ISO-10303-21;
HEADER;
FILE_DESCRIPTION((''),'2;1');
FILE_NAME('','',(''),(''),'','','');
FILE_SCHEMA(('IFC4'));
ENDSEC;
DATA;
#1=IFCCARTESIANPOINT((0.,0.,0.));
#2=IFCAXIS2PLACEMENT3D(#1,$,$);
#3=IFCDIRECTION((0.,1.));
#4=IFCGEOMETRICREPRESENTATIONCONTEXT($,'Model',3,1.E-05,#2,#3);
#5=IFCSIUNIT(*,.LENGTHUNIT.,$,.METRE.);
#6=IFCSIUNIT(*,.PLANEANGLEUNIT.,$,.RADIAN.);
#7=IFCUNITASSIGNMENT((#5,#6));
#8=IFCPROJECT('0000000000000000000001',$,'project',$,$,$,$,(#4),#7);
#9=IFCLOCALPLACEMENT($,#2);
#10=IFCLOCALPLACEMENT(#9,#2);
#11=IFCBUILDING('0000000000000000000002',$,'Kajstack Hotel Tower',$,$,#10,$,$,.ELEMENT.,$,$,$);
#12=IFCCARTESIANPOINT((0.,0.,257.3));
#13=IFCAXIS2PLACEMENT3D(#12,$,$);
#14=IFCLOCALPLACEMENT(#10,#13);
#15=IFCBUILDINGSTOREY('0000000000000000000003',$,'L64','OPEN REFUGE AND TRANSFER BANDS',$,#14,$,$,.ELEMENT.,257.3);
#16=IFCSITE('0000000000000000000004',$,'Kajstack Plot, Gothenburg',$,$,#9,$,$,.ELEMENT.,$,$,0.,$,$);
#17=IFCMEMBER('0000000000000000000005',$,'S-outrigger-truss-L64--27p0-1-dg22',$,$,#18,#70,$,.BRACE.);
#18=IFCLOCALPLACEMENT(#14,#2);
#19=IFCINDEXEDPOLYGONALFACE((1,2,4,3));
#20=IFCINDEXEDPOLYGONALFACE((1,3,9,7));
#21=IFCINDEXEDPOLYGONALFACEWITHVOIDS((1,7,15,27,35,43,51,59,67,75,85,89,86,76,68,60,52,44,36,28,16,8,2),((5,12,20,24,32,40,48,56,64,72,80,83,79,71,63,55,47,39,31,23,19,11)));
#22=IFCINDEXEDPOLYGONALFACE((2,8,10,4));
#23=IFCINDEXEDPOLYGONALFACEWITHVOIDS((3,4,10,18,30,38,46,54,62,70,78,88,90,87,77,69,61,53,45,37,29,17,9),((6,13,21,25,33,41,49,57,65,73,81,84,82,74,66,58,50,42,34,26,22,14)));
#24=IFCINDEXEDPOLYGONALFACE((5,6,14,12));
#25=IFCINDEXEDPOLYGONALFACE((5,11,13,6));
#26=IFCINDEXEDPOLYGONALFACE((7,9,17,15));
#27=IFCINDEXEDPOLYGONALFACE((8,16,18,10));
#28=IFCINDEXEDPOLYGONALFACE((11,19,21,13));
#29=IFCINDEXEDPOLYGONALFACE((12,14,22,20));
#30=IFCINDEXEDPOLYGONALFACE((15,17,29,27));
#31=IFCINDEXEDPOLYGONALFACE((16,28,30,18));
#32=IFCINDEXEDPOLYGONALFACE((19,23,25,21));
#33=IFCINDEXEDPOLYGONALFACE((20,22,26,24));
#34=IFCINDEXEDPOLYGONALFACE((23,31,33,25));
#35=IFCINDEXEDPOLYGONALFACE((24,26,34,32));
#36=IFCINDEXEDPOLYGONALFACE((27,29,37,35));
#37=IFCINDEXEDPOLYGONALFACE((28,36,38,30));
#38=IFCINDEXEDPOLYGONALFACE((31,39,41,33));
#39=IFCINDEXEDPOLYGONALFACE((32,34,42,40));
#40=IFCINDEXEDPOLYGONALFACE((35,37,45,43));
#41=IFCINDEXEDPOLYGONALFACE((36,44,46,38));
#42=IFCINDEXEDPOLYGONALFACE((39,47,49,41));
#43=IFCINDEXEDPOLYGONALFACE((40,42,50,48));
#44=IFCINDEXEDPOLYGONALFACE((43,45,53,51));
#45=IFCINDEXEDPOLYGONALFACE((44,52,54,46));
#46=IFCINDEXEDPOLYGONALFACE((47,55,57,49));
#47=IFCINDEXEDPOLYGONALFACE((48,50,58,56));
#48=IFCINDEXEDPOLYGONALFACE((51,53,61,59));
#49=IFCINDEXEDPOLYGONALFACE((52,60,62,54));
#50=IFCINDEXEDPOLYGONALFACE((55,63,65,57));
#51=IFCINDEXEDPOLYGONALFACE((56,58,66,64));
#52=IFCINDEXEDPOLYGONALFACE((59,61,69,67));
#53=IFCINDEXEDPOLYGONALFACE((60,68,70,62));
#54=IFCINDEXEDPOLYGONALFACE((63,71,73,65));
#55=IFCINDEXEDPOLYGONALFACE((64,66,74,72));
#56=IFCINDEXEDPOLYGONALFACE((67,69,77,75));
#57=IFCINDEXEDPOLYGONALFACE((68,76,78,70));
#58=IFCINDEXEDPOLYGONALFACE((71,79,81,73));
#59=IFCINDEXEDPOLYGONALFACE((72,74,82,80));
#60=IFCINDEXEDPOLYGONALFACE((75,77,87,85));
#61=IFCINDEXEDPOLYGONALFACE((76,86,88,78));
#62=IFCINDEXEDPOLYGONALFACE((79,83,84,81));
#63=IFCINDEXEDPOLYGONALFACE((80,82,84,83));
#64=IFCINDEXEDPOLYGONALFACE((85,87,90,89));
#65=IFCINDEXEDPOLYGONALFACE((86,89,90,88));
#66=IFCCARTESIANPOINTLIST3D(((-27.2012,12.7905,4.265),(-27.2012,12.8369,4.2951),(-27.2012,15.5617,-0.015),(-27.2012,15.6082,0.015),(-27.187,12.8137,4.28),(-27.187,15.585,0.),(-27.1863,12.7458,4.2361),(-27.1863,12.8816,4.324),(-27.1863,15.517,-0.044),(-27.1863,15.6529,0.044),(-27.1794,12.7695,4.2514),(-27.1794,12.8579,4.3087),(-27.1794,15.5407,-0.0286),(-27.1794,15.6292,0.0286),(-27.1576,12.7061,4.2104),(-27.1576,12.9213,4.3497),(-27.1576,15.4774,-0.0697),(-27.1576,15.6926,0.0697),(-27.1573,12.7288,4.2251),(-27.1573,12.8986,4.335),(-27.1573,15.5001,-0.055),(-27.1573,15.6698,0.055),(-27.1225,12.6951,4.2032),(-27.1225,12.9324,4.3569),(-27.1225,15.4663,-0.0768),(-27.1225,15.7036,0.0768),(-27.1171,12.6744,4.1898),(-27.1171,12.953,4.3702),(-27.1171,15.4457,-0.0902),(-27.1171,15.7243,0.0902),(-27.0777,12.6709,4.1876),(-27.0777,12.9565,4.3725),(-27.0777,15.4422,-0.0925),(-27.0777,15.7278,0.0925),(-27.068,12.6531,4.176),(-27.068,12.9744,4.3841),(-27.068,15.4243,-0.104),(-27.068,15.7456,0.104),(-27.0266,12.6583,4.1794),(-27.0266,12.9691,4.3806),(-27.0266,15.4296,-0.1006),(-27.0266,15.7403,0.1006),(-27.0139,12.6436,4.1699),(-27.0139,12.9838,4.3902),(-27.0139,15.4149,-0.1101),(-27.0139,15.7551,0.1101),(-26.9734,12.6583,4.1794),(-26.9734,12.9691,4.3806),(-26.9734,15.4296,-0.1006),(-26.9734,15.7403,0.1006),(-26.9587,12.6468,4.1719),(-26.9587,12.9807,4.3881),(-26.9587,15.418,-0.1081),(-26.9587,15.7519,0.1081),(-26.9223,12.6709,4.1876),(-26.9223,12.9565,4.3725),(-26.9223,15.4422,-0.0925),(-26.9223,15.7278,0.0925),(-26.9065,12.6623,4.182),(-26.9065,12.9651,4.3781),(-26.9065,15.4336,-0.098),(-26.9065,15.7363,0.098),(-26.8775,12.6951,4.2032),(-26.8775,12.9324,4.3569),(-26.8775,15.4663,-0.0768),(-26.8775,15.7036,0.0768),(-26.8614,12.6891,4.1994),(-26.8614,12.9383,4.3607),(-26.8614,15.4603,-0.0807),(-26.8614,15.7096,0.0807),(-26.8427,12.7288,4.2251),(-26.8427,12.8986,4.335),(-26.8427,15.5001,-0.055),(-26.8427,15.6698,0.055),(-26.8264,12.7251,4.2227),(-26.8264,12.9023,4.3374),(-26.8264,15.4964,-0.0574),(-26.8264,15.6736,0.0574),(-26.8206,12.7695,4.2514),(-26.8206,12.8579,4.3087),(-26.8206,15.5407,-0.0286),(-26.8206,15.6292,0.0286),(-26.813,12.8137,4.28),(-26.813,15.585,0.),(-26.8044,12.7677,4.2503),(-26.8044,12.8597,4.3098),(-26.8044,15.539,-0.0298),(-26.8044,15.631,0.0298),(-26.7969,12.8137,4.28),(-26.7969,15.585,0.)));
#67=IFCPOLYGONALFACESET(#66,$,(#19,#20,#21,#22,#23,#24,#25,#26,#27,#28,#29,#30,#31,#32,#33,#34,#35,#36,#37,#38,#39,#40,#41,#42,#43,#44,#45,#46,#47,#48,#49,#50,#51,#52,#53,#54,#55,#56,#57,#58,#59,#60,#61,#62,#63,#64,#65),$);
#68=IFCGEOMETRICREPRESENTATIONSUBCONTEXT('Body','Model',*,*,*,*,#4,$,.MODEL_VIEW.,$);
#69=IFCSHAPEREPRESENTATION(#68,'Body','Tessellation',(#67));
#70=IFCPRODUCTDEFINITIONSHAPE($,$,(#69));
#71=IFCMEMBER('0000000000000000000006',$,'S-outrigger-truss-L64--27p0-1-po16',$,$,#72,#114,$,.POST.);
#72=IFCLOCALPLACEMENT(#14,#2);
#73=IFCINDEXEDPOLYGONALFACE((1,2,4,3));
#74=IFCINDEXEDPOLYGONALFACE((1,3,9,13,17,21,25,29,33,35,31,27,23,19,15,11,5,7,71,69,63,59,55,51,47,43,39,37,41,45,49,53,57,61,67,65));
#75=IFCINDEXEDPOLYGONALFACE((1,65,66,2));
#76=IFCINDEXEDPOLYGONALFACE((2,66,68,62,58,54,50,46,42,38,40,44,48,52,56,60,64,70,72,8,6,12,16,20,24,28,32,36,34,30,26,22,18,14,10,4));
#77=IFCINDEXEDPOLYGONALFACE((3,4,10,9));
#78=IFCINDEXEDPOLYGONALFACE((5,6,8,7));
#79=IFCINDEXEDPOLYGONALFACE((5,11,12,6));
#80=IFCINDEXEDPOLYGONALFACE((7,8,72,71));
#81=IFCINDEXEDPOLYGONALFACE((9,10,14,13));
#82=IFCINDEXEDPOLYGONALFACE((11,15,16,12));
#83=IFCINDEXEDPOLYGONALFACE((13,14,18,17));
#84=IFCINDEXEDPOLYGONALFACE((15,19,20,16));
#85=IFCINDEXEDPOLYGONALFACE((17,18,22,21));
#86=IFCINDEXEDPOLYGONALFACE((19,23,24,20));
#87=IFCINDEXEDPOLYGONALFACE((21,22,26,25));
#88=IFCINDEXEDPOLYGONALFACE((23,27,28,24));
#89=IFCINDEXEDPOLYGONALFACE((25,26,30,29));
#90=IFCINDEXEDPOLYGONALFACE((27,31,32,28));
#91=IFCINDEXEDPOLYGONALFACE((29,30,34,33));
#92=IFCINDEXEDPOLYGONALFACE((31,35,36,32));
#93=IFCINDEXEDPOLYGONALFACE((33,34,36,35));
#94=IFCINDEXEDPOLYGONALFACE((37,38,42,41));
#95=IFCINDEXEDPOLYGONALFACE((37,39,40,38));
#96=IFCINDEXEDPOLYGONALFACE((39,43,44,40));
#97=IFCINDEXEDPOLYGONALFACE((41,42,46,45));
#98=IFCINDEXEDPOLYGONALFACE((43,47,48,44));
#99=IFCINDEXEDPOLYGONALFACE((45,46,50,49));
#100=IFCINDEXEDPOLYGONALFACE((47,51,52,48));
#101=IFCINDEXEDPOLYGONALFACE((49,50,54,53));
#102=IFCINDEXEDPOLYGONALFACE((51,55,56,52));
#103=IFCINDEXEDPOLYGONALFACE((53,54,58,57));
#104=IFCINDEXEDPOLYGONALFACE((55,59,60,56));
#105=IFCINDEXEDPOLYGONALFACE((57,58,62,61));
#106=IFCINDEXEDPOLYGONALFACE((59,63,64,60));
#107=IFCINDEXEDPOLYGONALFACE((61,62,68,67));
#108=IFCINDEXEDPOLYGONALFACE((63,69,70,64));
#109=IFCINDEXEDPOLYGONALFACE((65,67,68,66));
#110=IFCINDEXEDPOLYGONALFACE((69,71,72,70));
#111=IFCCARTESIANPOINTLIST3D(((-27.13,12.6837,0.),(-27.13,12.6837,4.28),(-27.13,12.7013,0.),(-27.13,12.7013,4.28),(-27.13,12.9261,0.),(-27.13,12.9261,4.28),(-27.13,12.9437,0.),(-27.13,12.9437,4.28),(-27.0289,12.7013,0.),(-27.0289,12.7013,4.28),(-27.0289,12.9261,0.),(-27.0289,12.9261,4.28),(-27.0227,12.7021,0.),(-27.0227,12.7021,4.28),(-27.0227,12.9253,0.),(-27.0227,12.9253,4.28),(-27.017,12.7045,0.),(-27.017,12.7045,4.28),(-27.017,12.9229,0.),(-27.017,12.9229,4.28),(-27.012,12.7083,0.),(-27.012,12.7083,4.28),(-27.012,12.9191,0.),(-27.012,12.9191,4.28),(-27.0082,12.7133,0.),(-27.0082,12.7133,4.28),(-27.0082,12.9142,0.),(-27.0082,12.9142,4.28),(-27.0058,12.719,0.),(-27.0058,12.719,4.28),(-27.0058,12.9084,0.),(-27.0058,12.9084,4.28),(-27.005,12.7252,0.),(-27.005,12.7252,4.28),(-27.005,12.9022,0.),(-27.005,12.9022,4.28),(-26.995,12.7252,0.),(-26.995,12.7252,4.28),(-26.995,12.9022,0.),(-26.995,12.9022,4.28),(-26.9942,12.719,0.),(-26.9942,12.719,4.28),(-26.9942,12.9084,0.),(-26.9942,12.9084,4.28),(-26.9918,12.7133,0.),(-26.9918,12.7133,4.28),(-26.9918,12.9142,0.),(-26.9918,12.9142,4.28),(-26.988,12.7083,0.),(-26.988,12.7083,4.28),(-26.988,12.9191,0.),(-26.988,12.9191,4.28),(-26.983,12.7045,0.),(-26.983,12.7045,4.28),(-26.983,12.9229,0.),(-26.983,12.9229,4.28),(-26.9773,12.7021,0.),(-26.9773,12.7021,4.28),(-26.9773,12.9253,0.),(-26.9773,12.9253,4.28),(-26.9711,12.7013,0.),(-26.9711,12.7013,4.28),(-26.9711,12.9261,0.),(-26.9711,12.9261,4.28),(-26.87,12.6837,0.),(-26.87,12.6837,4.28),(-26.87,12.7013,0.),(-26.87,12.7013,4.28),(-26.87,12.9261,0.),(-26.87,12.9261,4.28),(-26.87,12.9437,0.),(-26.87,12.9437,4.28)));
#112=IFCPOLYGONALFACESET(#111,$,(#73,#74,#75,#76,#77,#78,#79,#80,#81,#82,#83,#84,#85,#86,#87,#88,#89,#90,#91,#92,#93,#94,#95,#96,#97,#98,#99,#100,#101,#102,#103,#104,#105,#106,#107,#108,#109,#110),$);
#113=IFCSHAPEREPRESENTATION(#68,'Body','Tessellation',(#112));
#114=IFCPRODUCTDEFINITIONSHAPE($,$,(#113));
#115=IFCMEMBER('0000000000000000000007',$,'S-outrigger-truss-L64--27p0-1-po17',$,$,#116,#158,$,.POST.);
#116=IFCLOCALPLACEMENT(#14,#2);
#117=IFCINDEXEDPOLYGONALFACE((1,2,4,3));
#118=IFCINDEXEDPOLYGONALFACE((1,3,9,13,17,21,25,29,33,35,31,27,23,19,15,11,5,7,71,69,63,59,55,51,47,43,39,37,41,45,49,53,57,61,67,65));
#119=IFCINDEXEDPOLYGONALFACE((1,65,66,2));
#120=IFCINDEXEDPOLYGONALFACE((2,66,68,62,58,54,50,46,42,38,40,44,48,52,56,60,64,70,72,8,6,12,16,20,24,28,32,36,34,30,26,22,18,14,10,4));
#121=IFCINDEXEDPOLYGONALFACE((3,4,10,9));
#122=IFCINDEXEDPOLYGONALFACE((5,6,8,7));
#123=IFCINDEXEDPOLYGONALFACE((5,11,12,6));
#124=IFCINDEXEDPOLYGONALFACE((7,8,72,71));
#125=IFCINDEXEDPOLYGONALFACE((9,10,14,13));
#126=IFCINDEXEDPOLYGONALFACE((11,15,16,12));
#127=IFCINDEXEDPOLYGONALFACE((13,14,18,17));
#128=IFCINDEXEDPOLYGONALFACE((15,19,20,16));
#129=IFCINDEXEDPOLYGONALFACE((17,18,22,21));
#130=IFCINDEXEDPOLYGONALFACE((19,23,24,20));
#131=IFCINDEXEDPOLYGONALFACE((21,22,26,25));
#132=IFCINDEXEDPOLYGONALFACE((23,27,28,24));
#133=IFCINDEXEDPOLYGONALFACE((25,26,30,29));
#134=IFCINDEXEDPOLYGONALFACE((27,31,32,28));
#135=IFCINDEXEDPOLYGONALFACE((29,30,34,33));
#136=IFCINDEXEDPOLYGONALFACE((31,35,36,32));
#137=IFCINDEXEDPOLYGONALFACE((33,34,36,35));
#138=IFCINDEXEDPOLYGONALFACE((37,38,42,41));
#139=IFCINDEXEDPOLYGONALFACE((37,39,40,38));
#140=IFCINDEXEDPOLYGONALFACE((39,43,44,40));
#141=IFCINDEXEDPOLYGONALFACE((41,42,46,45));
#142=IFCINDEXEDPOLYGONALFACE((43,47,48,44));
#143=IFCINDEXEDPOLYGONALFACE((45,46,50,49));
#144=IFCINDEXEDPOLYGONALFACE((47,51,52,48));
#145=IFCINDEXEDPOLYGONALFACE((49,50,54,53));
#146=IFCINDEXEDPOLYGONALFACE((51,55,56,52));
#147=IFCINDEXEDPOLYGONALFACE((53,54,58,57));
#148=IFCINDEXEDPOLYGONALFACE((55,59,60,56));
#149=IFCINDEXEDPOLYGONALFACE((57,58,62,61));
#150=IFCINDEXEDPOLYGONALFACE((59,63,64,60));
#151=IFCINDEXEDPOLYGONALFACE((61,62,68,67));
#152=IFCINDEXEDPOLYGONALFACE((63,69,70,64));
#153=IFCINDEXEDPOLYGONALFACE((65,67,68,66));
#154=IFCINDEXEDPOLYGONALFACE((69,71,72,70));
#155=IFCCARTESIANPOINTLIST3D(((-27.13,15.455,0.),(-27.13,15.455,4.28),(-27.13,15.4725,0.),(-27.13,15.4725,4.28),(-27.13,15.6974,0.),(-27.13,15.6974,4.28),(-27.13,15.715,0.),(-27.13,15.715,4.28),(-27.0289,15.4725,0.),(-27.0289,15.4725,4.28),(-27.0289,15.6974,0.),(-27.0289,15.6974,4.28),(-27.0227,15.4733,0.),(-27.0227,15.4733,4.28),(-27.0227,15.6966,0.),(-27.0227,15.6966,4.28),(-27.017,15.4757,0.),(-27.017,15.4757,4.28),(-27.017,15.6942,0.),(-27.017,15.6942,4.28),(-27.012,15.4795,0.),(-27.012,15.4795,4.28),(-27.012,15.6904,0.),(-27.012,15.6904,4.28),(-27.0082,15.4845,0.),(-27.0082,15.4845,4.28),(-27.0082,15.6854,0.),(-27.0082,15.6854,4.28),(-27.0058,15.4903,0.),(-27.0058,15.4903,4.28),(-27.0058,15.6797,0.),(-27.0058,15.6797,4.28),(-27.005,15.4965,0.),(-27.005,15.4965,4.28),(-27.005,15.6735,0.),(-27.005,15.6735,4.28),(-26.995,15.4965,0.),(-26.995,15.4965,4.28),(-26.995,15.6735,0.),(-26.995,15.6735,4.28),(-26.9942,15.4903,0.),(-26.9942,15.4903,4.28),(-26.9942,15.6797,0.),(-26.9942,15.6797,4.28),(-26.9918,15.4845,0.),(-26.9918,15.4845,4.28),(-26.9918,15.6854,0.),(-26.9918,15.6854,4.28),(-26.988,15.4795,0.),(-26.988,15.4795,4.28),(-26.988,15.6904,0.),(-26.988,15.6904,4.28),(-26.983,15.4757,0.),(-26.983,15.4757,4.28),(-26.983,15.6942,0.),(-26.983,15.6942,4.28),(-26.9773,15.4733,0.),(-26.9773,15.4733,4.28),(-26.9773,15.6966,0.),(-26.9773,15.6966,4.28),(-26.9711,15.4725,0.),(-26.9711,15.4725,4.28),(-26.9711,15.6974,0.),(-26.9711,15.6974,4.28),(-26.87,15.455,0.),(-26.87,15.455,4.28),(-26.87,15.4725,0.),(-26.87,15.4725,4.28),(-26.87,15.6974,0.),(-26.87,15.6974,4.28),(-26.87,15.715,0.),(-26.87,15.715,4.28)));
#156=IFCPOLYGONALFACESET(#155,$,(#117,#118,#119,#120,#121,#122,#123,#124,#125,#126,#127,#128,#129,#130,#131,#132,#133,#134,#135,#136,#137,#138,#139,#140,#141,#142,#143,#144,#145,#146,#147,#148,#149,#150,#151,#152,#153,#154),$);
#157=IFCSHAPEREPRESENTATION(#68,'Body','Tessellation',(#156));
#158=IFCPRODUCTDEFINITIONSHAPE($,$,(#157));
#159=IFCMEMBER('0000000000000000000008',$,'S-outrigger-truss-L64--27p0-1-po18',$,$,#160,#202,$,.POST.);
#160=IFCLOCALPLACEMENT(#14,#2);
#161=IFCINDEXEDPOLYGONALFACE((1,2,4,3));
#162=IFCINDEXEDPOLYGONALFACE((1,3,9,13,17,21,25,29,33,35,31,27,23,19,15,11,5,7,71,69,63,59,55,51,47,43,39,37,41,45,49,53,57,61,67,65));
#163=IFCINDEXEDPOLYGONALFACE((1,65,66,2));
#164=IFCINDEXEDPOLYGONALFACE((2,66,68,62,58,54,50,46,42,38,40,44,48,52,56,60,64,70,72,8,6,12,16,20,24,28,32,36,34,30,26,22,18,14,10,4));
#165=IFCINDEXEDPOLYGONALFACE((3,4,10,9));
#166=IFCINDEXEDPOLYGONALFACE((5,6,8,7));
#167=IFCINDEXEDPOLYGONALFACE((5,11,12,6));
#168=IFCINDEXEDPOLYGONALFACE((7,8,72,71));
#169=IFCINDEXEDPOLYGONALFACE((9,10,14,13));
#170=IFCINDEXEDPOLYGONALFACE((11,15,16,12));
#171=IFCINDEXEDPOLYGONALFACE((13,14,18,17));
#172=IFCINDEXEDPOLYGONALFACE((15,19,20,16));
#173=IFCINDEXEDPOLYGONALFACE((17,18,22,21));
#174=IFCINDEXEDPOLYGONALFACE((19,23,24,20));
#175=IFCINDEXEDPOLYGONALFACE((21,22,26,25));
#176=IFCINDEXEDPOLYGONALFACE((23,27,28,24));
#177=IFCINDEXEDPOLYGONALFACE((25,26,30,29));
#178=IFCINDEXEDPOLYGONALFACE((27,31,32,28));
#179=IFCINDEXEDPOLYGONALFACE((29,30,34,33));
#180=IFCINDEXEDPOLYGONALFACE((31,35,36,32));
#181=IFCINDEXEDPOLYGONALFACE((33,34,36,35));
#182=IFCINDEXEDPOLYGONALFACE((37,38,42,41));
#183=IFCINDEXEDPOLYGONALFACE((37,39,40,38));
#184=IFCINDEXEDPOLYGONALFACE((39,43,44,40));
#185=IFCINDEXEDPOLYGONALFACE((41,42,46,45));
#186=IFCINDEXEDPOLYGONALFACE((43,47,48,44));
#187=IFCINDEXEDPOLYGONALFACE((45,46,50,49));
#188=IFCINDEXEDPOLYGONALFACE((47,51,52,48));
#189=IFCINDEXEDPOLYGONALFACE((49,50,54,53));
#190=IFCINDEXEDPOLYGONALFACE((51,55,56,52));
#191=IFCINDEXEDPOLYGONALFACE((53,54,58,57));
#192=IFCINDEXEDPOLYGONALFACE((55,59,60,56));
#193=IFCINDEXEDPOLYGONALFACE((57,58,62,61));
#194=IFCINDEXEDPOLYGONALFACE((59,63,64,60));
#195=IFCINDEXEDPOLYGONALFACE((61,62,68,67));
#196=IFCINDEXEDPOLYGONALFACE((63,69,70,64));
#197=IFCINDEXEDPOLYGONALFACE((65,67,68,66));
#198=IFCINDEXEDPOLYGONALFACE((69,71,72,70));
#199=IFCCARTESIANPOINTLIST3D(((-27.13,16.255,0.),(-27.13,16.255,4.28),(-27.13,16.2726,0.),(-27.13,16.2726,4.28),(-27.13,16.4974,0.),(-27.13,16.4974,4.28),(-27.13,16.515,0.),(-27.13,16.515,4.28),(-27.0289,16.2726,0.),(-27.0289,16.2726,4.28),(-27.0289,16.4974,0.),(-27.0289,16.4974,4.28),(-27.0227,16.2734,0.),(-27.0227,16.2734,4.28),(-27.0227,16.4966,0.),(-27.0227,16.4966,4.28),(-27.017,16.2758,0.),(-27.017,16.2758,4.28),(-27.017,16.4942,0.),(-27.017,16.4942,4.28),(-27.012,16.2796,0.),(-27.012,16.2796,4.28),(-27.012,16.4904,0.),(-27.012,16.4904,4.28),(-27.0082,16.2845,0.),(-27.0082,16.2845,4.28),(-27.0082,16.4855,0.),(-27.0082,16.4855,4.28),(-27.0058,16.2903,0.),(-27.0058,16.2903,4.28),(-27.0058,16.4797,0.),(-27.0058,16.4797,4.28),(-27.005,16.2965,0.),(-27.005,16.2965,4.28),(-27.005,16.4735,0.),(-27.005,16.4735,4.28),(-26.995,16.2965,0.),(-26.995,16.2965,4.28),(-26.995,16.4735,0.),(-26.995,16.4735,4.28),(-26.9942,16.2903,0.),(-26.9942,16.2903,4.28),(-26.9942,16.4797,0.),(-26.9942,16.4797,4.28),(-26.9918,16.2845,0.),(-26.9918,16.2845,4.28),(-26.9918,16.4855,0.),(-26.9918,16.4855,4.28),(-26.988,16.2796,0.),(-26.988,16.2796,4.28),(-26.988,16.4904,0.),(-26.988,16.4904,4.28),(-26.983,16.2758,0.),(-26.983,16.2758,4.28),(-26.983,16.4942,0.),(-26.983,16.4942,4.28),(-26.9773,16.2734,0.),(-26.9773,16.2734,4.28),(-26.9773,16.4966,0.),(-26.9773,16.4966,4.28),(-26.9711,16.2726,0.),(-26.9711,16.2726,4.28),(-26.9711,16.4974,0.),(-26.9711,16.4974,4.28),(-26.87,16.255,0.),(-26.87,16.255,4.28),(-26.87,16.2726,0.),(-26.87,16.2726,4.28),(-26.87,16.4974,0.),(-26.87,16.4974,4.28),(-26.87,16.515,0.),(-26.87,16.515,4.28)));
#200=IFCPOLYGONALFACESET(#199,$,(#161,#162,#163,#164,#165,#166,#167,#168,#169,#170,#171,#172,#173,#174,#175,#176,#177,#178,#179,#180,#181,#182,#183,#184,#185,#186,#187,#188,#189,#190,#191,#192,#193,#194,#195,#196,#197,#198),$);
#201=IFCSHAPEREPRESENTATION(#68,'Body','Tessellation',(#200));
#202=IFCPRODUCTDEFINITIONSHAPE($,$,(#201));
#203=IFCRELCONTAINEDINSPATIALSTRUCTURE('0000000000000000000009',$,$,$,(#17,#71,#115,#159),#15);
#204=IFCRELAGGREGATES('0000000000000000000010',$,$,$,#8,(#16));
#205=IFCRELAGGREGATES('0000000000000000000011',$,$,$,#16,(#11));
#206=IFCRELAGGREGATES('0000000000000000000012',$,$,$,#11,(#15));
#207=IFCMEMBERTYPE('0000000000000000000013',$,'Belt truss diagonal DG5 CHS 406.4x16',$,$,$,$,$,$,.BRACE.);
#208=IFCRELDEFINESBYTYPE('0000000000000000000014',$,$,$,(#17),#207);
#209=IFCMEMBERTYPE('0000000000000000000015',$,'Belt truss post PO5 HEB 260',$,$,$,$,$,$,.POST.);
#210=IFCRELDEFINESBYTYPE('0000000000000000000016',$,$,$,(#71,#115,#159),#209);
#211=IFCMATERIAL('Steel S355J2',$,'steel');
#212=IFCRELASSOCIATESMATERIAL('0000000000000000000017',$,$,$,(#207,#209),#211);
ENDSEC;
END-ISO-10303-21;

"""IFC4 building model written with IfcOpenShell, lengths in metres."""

from ifc_helpers import new_model, si_unit, direction, frame, origin, origin_2d, place, context, subcontext, project, spatial, hollow_circle, i_section, extrude, material, material_profile, profile_set, type_object, element, save


model = new_model("IFC4")

# Units and contexts
model_context = context("Model", 3, precision=1e-05, world=origin(), true_north=direction((0.0, 1.0)))
body_context = subcontext(model_context, "Body", "Model", "MODEL_VIEW")
ifc_project = project(units=[si_unit("LENGTHUNIT", "METRE"), si_unit("PLANEANGLEUNIT", "RADIAN")], contexts=[model_context])

# Site, building, storey
site_placement = place(None, origin())
site = spatial("IfcSite", under=ifc_project, at=site_placement, Name="Kajstack Plot, Gothenburg", CompositionType="ELEMENT", RefElevation=0.0)
building_placement = place(site_placement, origin())
building = spatial("IfcBuilding", under=site, at=building_placement, Name="Kajstack Hotel Tower", CompositionType="ELEMENT")
storey_placement = place(building_placement, frame((0.0, 0.0, 257.3)))
storey = spatial("IfcBuildingStorey", under=building, at=storey_placement, Name="L64", Description="OPEN REFUGE AND TRANSFER BANDS", CompositionType="ELEMENT", Elevation=257.3)

# Members
ifc_material = material(Name="Steel S355J2", Category="steel")
ifc_material_profile_1 = material_profile(ifc_material, hollow_circle(Radius=0.2031, WallThickness=0.0161, at=origin_2d()), Name="CHS 406.4x16")
ifc_profile_set_1 = profile_set([ifc_material_profile_1], Name="Steel S355J2")
member_type_1 = type_object("IfcMemberType", Name="Belt truss diagonal DG5 CHS 406.4x16", PredefinedType="BRACE", material=ifc_profile_set_1)
member_1_placement = place(storey_placement, frame((-27.0, 15.585, 0.0), z_axis=(0.0, -0.543501, 0.839408), x_axis=(1.0, 0.0, 0.0)))
element("IfcMember", 1, at=member_1_placement, inside=storey, type_object=member_type_1, Name="S-outrigger-truss-L64--27p0-1-dg22", PredefinedType="BRACE", context=body_context, shape_type="SweptSolid", body=[
    extrude(hollow_circle(Radius=0.2031, WallThickness=0.0161, at=origin_2d()), origin(), (0.0, 0.0, 1.0), 5.0989),
])
ifc_material_profile_2 = material_profile(ifc_material, i_section(OverallWidth=0.26, OverallDepth=0.26, WebThickness=0.01, FlangeThickness=0.0176, FilletRadius=0.0239, at=origin_2d()), Name="HEB 260")
ifc_profile_set_2 = profile_set([ifc_material_profile_2], Name="Steel S355J2")
member_type_2 = type_object("IfcMemberType", Name="Belt truss post PO5 HEB 260", PredefinedType="POST", material=ifc_profile_set_2)
for number, where, z_axis, x_axis, name in (
    (2, (-27.0, 12.8137, 0.0), (0.0, 0.0, 1.0), (1.0, 0.0, 0.0), "S-outrigger-truss-L64--27p0-1-po16"),
    (3, (-27.0, 15.585, 0.0), (0.0, 0.0, 1.0), (1.0, 0.0, 0.0), "S-outrigger-truss-L64--27p0-1-po17"),
    (4, (-27.0, 16.385, 0.0), (0.0, 0.0, 1.0), (1.0, 0.0, 0.0), "S-outrigger-truss-L64--27p0-1-po18"),
):
    element("IfcMember", number, at=place(storey_placement, frame(where, z_axis=z_axis, x_axis=x_axis)), inside=storey, type_object=member_type_2, Name=name, PredefinedType="POST", context=body_context, shape_type="SweptSolid", body=[
        extrude(i_section(OverallWidth=0.26, OverallDepth=0.26, WebThickness=0.01, FlangeThickness=0.0176, FilletRadius=0.0239, at=origin_2d()), origin(), (0.0, 0.0, 1.0), 4.28),
    ])

save(model, "model.ifc")
